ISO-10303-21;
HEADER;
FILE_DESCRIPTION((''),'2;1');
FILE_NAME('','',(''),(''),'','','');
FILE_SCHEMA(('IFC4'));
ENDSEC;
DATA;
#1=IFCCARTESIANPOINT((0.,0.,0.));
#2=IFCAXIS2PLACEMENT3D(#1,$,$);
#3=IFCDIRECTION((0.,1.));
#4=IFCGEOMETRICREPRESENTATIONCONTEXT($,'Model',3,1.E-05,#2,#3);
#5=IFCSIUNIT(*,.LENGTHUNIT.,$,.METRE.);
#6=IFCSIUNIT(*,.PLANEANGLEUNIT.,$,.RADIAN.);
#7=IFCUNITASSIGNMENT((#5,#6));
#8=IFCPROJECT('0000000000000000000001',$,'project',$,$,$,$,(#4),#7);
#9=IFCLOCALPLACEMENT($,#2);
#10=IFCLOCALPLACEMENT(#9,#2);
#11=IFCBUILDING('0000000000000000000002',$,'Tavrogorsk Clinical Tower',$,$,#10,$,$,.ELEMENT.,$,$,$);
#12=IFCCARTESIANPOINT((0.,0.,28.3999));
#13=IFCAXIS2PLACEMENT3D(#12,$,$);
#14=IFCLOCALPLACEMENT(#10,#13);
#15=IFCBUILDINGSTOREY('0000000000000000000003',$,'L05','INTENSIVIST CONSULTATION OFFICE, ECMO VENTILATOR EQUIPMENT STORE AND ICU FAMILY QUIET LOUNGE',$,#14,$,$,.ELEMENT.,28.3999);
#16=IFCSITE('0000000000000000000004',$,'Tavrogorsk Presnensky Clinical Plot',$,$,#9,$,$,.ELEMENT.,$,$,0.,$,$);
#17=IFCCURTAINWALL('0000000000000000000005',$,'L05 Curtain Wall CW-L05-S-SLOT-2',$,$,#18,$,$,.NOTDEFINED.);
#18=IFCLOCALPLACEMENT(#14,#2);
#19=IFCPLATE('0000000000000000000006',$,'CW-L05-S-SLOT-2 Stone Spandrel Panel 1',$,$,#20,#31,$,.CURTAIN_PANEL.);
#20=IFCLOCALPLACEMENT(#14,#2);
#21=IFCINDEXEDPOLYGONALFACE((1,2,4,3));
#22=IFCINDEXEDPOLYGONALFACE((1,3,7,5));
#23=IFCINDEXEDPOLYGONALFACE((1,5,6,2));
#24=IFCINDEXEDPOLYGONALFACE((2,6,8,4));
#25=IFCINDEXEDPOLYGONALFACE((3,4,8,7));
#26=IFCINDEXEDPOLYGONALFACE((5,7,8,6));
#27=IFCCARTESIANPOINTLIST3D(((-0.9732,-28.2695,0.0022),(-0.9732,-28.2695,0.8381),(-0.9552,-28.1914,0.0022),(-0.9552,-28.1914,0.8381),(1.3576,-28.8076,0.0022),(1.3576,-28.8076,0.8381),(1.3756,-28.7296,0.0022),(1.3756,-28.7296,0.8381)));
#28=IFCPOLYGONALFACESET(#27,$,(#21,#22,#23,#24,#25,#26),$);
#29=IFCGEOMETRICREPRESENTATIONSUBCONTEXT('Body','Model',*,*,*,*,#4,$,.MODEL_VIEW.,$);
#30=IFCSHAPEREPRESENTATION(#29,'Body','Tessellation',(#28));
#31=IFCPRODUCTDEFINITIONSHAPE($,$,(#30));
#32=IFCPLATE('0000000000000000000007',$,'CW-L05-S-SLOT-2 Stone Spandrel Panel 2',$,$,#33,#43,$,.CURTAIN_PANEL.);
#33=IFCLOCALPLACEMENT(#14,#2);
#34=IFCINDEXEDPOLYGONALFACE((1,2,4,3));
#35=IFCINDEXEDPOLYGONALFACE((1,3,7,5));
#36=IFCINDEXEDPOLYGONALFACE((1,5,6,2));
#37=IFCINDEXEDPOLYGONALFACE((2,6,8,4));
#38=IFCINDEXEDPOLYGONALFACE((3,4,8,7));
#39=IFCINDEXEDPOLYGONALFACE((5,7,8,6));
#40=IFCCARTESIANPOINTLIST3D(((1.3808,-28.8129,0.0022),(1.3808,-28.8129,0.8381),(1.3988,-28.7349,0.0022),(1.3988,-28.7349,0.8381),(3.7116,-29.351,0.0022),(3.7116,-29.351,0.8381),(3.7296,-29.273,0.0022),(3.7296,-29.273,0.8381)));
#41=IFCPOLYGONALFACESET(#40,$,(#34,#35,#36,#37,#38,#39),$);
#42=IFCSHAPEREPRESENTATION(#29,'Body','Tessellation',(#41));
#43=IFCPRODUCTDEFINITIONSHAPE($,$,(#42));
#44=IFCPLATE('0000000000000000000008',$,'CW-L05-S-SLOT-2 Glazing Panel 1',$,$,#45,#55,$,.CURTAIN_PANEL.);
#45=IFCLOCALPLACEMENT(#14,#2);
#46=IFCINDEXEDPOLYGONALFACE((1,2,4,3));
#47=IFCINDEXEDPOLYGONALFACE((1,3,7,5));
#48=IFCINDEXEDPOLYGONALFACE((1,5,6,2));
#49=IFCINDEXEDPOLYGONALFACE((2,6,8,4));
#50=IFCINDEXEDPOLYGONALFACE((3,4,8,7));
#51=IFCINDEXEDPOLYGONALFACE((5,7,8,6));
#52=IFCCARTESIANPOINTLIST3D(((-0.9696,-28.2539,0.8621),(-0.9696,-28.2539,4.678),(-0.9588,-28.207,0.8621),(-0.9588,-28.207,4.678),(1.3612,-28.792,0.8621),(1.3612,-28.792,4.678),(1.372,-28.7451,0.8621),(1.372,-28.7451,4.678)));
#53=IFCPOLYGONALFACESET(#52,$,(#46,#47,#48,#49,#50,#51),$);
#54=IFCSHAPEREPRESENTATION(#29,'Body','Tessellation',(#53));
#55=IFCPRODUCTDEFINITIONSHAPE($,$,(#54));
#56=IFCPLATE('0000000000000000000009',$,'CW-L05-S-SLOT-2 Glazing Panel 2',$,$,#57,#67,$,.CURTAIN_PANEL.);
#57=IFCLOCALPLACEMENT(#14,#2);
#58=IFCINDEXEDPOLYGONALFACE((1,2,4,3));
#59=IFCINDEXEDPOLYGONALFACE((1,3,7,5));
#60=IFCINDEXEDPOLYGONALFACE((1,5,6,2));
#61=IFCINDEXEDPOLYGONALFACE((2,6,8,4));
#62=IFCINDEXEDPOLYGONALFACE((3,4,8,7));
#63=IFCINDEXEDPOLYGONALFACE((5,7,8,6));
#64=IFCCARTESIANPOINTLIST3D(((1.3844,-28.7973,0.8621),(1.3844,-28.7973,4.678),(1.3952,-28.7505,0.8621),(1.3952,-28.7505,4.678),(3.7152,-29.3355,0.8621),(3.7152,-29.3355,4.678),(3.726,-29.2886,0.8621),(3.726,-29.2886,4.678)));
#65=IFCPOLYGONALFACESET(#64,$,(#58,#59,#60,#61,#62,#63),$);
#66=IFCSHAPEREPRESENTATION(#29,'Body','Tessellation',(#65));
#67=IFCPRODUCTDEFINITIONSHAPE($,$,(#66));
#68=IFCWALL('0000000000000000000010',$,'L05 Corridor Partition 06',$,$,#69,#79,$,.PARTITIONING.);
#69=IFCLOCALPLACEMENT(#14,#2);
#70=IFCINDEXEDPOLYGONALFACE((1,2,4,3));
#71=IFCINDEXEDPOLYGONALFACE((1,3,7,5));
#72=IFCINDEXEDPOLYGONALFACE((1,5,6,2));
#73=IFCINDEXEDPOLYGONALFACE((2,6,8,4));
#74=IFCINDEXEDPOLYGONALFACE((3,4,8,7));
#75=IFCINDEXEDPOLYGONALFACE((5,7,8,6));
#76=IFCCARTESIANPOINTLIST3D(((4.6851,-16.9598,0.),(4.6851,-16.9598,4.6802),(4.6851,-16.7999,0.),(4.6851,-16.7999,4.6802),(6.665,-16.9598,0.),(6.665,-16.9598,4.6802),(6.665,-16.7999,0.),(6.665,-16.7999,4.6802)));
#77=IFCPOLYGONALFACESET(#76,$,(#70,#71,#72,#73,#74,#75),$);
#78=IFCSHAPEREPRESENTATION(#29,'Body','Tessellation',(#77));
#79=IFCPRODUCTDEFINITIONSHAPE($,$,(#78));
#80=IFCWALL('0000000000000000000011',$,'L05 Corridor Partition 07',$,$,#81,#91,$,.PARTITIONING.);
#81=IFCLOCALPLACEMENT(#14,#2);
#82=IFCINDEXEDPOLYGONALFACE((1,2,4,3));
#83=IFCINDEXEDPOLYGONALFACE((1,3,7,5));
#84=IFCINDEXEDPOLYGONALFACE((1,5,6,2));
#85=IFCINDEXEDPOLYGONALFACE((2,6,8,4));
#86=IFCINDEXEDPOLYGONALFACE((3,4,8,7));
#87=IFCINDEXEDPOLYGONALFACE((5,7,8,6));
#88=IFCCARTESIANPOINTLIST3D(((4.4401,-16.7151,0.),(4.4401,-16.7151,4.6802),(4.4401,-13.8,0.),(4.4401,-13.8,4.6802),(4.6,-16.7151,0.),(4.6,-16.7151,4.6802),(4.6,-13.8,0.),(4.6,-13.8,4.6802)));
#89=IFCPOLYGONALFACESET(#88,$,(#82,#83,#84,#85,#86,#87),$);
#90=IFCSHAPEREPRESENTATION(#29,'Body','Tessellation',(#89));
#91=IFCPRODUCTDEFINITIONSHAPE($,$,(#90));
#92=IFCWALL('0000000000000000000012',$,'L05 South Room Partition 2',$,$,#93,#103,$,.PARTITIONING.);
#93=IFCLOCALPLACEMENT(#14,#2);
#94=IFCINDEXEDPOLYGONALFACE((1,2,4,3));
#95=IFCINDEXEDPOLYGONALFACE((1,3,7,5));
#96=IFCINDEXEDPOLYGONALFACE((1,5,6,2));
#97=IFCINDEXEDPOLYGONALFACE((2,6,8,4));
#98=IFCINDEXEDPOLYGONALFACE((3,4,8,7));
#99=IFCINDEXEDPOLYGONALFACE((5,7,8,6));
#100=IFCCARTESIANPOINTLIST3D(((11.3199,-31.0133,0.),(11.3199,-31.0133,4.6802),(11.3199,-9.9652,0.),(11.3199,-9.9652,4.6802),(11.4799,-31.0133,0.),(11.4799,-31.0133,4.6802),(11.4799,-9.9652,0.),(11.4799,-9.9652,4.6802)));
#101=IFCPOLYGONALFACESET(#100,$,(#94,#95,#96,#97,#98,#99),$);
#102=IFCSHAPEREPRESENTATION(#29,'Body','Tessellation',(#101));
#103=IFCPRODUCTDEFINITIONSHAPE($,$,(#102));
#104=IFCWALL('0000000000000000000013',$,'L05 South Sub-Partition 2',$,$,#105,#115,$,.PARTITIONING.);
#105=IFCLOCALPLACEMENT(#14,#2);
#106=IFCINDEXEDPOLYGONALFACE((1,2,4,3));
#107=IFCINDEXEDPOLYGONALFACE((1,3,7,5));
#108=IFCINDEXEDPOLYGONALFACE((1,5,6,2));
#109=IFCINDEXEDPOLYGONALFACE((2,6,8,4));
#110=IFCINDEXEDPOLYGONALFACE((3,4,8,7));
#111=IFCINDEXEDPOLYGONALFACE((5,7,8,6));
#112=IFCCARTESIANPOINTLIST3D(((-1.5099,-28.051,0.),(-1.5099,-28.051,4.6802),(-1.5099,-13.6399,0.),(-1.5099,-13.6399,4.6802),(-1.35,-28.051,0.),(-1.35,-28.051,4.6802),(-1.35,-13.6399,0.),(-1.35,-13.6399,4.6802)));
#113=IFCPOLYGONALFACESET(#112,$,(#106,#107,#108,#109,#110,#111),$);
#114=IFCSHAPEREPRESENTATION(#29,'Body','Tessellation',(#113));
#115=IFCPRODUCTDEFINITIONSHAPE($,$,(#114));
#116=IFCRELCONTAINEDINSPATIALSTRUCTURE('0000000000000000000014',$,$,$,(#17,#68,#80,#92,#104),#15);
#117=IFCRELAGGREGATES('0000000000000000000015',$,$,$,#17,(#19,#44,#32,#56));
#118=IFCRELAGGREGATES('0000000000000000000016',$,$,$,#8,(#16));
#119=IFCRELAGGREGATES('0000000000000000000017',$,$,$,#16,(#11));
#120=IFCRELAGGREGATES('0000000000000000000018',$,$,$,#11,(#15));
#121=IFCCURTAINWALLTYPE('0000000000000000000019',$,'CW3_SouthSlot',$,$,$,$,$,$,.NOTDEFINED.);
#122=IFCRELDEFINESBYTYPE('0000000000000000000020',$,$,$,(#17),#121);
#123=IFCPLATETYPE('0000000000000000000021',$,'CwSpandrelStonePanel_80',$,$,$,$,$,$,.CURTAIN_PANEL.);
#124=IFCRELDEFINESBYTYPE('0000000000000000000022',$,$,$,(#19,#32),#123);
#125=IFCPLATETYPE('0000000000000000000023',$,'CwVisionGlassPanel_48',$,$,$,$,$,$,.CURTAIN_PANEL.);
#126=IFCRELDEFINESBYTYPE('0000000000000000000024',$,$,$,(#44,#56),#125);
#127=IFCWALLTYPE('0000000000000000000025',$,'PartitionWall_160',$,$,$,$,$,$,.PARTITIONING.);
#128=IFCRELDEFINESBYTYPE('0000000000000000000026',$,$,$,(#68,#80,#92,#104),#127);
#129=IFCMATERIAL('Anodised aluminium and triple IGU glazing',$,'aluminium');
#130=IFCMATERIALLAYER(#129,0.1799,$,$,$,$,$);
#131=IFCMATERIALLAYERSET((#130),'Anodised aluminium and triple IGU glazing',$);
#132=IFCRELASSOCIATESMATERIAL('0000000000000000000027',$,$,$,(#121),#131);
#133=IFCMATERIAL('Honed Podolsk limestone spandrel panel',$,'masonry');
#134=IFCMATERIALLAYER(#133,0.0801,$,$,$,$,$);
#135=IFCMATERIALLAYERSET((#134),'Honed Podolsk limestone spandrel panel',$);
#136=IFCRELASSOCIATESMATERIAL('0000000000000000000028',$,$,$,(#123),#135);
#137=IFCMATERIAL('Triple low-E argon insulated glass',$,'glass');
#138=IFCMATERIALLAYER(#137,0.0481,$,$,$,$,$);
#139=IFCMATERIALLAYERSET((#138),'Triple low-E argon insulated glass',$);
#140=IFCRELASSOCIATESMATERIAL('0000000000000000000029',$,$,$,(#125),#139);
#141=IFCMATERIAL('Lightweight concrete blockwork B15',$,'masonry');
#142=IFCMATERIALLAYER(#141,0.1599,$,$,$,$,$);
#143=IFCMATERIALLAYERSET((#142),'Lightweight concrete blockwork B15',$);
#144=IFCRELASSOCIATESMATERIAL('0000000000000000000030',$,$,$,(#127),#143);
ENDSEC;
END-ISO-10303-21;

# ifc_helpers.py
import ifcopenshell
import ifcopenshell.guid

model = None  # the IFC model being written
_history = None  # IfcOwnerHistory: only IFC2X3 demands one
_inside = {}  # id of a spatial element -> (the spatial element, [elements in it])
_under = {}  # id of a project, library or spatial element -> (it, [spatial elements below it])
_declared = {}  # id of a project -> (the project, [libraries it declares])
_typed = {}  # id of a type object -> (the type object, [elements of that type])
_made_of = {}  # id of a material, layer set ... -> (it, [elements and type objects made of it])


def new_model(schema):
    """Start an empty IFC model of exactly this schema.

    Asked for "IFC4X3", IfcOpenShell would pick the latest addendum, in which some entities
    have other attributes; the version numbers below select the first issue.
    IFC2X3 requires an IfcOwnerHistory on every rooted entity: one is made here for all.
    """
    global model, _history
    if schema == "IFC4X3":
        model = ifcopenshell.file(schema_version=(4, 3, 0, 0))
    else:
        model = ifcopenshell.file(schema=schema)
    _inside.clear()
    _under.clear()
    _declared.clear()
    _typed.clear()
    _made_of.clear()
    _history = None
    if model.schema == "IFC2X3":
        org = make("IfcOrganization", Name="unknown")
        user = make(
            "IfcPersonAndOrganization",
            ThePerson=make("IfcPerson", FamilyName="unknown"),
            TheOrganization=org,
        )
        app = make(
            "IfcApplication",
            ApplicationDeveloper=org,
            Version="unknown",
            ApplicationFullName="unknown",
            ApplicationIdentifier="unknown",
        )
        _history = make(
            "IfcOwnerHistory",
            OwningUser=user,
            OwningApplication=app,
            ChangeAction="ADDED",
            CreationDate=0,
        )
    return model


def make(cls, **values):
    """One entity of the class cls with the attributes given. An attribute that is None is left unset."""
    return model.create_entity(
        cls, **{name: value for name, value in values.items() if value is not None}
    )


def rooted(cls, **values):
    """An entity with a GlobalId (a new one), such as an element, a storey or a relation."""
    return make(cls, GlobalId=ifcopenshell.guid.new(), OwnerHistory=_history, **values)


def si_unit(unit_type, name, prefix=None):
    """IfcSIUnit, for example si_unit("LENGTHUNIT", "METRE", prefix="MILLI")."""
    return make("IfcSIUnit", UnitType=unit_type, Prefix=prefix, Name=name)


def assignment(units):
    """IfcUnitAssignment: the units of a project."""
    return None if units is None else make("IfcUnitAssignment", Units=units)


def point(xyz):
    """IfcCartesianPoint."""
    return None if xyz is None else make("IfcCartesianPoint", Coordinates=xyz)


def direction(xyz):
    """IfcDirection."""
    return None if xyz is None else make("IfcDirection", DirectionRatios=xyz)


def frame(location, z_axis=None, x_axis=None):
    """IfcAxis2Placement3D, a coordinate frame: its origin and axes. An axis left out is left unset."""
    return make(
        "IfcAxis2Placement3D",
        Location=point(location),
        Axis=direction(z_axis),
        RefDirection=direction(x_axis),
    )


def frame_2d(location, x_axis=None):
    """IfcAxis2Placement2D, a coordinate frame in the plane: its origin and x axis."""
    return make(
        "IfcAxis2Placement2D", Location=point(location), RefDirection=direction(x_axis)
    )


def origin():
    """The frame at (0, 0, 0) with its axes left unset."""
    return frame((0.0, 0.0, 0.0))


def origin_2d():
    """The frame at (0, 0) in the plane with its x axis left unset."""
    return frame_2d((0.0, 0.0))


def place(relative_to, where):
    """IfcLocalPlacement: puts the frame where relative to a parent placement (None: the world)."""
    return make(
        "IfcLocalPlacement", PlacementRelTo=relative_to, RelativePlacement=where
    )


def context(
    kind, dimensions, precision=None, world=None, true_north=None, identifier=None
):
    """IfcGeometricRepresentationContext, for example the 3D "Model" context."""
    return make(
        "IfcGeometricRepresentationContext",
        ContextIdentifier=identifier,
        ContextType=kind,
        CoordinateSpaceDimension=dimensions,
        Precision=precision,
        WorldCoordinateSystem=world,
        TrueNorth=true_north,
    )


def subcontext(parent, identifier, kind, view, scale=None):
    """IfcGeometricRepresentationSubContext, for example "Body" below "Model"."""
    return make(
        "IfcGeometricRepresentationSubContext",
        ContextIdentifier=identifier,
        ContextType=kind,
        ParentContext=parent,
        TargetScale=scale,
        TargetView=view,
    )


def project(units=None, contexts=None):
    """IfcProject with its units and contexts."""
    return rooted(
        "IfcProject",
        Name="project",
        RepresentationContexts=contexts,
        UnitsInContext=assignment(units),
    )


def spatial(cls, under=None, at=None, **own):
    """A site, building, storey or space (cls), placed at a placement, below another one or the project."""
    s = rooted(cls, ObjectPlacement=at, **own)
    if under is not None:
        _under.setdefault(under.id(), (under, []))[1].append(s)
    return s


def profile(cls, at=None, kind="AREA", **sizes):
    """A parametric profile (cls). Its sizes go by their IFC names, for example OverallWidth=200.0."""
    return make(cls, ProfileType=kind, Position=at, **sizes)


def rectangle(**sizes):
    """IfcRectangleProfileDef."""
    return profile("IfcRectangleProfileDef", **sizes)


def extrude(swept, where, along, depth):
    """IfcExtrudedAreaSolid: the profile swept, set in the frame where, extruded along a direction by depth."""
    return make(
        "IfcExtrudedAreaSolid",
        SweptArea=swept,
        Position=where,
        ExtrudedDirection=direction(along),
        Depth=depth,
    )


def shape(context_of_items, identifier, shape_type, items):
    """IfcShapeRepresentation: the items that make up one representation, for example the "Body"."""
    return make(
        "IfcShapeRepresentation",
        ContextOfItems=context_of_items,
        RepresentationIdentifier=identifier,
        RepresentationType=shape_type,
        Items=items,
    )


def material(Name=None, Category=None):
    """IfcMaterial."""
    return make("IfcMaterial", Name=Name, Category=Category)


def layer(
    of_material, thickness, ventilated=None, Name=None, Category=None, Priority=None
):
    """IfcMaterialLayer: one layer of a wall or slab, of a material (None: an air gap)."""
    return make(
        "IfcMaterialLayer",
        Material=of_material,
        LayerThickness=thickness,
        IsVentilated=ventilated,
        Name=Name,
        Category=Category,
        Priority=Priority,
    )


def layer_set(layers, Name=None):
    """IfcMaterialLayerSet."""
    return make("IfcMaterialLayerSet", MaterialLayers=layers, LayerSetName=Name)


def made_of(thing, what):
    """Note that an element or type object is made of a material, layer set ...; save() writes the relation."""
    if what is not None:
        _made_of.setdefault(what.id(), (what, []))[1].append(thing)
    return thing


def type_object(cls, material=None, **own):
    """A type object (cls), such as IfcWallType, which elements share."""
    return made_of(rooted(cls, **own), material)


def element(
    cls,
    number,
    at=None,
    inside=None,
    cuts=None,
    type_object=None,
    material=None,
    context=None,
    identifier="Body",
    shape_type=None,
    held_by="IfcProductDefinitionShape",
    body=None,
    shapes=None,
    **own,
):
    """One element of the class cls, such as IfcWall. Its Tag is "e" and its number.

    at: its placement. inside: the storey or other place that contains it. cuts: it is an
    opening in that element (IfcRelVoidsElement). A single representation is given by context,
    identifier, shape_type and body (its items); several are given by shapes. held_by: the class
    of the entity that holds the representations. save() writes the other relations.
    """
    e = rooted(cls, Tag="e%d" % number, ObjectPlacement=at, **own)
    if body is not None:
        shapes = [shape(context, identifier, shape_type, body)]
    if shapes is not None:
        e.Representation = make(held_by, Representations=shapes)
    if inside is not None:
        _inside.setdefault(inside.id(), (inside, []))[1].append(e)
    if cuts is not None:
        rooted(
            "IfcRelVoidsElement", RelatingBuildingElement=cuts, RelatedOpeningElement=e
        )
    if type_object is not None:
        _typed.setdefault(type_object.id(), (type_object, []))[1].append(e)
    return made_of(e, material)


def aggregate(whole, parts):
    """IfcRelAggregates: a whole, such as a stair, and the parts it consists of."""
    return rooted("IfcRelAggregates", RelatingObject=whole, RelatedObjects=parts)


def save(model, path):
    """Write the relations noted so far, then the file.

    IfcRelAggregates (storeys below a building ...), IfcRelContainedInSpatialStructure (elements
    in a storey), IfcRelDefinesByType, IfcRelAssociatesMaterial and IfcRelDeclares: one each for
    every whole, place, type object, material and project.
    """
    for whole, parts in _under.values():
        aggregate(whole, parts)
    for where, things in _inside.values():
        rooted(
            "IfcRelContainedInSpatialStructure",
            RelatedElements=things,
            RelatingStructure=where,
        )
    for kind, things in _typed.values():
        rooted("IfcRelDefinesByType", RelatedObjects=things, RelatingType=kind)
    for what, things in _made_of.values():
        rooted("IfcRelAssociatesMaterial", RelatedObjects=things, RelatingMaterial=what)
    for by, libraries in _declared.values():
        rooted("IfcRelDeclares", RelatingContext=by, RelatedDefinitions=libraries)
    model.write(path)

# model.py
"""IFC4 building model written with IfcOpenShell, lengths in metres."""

from ifc_helpers import new_model, si_unit, direction, frame, frame_2d, origin, origin_2d, place, context, subcontext, project, spatial, rectangle, extrude, material, layer, layer_set, type_object, element, aggregate, save


model = new_model("IFC4")

# Units and contexts
model_context = context("Model", 3, precision=1e-05, world=origin(), true_north=direction((0.0, 1.0)))
body_context = subcontext(model_context, "Body", "Model", "MODEL_VIEW")
ifc_project = project(units=[si_unit("LENGTHUNIT", "METRE"), si_unit("PLANEANGLEUNIT", "RADIAN")], contexts=[model_context])

# Site, building, storey
site_placement = place(None, origin())
site = spatial("IfcSite", under=ifc_project, at=site_placement, Name="Tavrogorsk Presnensky Clinical Plot", CompositionType="ELEMENT", RefElevation=0.0)
building_placement = place(site_placement, origin())
building = spatial("IfcBuilding", under=site, at=building_placement, Name="Tavrogorsk Clinical Tower", CompositionType="ELEMENT")
storey_placement = place(building_placement, frame((0.0, 0.0, 28.3999)))
storey = spatial("IfcBuildingStorey", under=building, at=storey_placement, Name="L05", Description="INTENSIVIST CONSULTATION OFFICE, ECMO VENTILATOR EQUIPMENT STORE AND ICU FAMILY QUIET LOUNGE", CompositionType="ELEMENT", Elevation=28.3999)

# Curtain wall
ifc_material_1 = material(Name="Anodised aluminium and triple IGU glazing", Category="aluminium")
ifc_layer_1 = layer(ifc_material_1, 0.1799)
ifc_layer_set_1 = layer_set([ifc_layer_1], Name="Anodised aluminium and triple IGU glazing")
curtain_wall_type = type_object("IfcCurtainWallType", Name="CW3_SouthSlot", PredefinedType="NOTDEFINED", material=ifc_layer_set_1)
curtain_wall_placement = place(storey_placement, origin())
curtain_wall = element("IfcCurtainWall", 1, at=curtain_wall_placement, inside=storey, type_object=curtain_wall_type, Name="L05 Curtain Wall CW-L05-S-SLOT-2", PredefinedType="NOTDEFINED")

# Plates
ifc_material_2 = material(Name="Honed Podolsk limestone spandrel panel", Category="masonry")
ifc_layer_2 = layer(ifc_material_2, 0.0801)
ifc_layer_set_2 = layer_set([ifc_layer_2], Name="Honed Podolsk limestone spandrel panel")
plate_type_1 = type_object("IfcPlateType", Name="CwSpandrelStonePanel_80", PredefinedType="CURTAIN_PANEL", material=ifc_layer_set_2)
plate_1_placement = place(storey_placement, frame((0.2012, -28.4995, 0.0022), z_axis=(0.0, 0.0, 1.0), x_axis=(0.97437, -0.224951, 0.0)))
plate_1 = element("IfcPlate", 2, at=plate_1_placement, type_object=plate_type_1, Name="CW-L05-S-SLOT-2 Stone Spandrel Panel 1", PredefinedType="CURTAIN_PANEL", context=body_context, shape_type="SweptSolid", body=[
    extrude(rectangle(XDim=2.3921, YDim=0.0801, at=origin_2d()), origin(), (0.0, 0.0, 1.0), 0.8359),
])
plate_2_placement = place(storey_placement, frame((2.5552, -29.043, 0.0022), z_axis=(0.0, 0.0, 1.0), x_axis=(0.97437, -0.224951, 0.0)))
plate_2 = element("IfcPlate", 3, at=plate_2_placement, type_object=plate_type_1, Name="CW-L05-S-SLOT-2 Stone Spandrel Panel 2", PredefinedType="CURTAIN_PANEL", context=body_context, shape_type="SweptSolid", body=[
    extrude(rectangle(XDim=2.3921, YDim=0.0801, at=origin_2d()), origin(), (0.0, 0.0, 1.0), 0.8359),
])
ifc_material_3 = material(Name="Triple low-E argon insulated glass", Category="glass")
ifc_layer_3 = layer(ifc_material_3, 0.0481)
ifc_layer_set_3 = layer_set([ifc_layer_3], Name="Triple low-E argon insulated glass")
plate_type_2 = type_object("IfcPlateType", Name="CwVisionGlassPanel_48", PredefinedType="CURTAIN_PANEL", material=ifc_layer_set_3)
plate_3_placement = place(storey_placement, frame((0.2012, -28.4995, 0.8621), z_axis=(0.0, 0.0, 1.0), x_axis=(0.97437, -0.224951, 0.0)))
plate_3 = element("IfcPlate", 4, at=plate_3_placement, type_object=plate_type_2, Name="CW-L05-S-SLOT-2 Glazing Panel 1", PredefinedType="CURTAIN_PANEL", context=body_context, shape_type="SweptSolid", body=[
    extrude(rectangle(XDim=2.3921, YDim=0.0481, at=origin_2d()), origin(), (0.0, 0.0, 1.0), 3.8159),
])
plate_4_placement = place(storey_placement, frame((2.5552, -29.043, 0.8621), z_axis=(0.0, 0.0, 1.0), x_axis=(0.97437, -0.224951, 0.0)))
plate_4 = element("IfcPlate", 5, at=plate_4_placement, type_object=plate_type_2, Name="CW-L05-S-SLOT-2 Glazing Panel 2", PredefinedType="CURTAIN_PANEL", context=body_context, shape_type="SweptSolid", body=[
    extrude(rectangle(XDim=2.3921, YDim=0.0481, at=origin_2d()), origin(), (0.0, 0.0, 1.0), 3.8159),
])
aggregate(curtain_wall, [plate_1, plate_3, plate_2, plate_4])

# Walls
ifc_material_4 = material(Name="Lightweight concrete blockwork B15", Category="masonry")
ifc_layer_4 = layer(ifc_material_4, 0.1599)
ifc_layer_set_4 = layer_set([ifc_layer_4], Name="Lightweight concrete blockwork B15")
wall_type_1 = type_object("IfcWallType", Name="PartitionWall_160", PredefinedType="PARTITIONING", material=ifc_layer_set_4)
wall_1_placement = place(storey_placement, frame((6.665, -16.8799, 0.0), z_axis=(0.0, 0.0, 1.0), x_axis=(-1.0, 0.0, 0.0)))
element("IfcWall", 6, at=wall_1_placement, inside=storey, type_object=wall_type_1, Name="L05 Corridor Partition 06", PredefinedType="PARTITIONING", context=body_context, shape_type="SweptSolid", body=[
    extrude(rectangle(XDim=1.98, YDim=0.1599, at=frame_2d((0.99, 0.0))), origin(), (0.0, 0.0, 1.0), 4.6802),
])
wall_2_placement = place(storey_placement, frame((4.52, -16.7151, 0.0), z_axis=(0.0, 0.0, 1.0), x_axis=(0.0, 1.0, 0.0)))
element("IfcWall", 7, at=wall_2_placement, inside=storey, type_object=wall_type_1, Name="L05 Corridor Partition 07", PredefinedType="PARTITIONING", context=body_context, shape_type="SweptSolid", body=[
    extrude(rectangle(XDim=2.915, YDim=0.1599, at=frame_2d((1.4575, 0.0))), origin(), (0.0, 0.0, 1.0), 4.6802),
])
wall_3_placement = place(storey_placement, frame((11.3999, -31.0132, 0.0), z_axis=(0.0, 0.0, 1.0), x_axis=(0.0, 1.0, 0.0)))
element("IfcWall", 8, at=wall_3_placement, inside=storey, type_object=wall_type_1, Name="L05 South Room Partition 2", PredefinedType="PARTITIONING", context=body_context, shape_type="SweptSolid", body=[
    extrude(rectangle(XDim=21.0481, YDim=0.1599, at=frame_2d((10.5239, 0.0))), origin(), (0.0, 0.0, 1.0), 4.6802),
])
wall_4_placement = place(storey_placement, frame((-1.4299, -28.051, 0.0), z_axis=(0.0, 0.0, 1.0), x_axis=(0.0, 1.0, 0.0)))
element("IfcWall", 9, at=wall_4_placement, inside=storey, type_object=wall_type_1, Name="L05 South Sub-Partition 2", PredefinedType="PARTITIONING", context=body_context, shape_type="SweptSolid", body=[
    extrude(rectangle(XDim=14.4111, YDim=0.1599, at=frame_2d((7.2056, 0.0))), origin(), (0.0, 0.0, 1.0), 4.6802),
])

save(model, "model.ifc")
